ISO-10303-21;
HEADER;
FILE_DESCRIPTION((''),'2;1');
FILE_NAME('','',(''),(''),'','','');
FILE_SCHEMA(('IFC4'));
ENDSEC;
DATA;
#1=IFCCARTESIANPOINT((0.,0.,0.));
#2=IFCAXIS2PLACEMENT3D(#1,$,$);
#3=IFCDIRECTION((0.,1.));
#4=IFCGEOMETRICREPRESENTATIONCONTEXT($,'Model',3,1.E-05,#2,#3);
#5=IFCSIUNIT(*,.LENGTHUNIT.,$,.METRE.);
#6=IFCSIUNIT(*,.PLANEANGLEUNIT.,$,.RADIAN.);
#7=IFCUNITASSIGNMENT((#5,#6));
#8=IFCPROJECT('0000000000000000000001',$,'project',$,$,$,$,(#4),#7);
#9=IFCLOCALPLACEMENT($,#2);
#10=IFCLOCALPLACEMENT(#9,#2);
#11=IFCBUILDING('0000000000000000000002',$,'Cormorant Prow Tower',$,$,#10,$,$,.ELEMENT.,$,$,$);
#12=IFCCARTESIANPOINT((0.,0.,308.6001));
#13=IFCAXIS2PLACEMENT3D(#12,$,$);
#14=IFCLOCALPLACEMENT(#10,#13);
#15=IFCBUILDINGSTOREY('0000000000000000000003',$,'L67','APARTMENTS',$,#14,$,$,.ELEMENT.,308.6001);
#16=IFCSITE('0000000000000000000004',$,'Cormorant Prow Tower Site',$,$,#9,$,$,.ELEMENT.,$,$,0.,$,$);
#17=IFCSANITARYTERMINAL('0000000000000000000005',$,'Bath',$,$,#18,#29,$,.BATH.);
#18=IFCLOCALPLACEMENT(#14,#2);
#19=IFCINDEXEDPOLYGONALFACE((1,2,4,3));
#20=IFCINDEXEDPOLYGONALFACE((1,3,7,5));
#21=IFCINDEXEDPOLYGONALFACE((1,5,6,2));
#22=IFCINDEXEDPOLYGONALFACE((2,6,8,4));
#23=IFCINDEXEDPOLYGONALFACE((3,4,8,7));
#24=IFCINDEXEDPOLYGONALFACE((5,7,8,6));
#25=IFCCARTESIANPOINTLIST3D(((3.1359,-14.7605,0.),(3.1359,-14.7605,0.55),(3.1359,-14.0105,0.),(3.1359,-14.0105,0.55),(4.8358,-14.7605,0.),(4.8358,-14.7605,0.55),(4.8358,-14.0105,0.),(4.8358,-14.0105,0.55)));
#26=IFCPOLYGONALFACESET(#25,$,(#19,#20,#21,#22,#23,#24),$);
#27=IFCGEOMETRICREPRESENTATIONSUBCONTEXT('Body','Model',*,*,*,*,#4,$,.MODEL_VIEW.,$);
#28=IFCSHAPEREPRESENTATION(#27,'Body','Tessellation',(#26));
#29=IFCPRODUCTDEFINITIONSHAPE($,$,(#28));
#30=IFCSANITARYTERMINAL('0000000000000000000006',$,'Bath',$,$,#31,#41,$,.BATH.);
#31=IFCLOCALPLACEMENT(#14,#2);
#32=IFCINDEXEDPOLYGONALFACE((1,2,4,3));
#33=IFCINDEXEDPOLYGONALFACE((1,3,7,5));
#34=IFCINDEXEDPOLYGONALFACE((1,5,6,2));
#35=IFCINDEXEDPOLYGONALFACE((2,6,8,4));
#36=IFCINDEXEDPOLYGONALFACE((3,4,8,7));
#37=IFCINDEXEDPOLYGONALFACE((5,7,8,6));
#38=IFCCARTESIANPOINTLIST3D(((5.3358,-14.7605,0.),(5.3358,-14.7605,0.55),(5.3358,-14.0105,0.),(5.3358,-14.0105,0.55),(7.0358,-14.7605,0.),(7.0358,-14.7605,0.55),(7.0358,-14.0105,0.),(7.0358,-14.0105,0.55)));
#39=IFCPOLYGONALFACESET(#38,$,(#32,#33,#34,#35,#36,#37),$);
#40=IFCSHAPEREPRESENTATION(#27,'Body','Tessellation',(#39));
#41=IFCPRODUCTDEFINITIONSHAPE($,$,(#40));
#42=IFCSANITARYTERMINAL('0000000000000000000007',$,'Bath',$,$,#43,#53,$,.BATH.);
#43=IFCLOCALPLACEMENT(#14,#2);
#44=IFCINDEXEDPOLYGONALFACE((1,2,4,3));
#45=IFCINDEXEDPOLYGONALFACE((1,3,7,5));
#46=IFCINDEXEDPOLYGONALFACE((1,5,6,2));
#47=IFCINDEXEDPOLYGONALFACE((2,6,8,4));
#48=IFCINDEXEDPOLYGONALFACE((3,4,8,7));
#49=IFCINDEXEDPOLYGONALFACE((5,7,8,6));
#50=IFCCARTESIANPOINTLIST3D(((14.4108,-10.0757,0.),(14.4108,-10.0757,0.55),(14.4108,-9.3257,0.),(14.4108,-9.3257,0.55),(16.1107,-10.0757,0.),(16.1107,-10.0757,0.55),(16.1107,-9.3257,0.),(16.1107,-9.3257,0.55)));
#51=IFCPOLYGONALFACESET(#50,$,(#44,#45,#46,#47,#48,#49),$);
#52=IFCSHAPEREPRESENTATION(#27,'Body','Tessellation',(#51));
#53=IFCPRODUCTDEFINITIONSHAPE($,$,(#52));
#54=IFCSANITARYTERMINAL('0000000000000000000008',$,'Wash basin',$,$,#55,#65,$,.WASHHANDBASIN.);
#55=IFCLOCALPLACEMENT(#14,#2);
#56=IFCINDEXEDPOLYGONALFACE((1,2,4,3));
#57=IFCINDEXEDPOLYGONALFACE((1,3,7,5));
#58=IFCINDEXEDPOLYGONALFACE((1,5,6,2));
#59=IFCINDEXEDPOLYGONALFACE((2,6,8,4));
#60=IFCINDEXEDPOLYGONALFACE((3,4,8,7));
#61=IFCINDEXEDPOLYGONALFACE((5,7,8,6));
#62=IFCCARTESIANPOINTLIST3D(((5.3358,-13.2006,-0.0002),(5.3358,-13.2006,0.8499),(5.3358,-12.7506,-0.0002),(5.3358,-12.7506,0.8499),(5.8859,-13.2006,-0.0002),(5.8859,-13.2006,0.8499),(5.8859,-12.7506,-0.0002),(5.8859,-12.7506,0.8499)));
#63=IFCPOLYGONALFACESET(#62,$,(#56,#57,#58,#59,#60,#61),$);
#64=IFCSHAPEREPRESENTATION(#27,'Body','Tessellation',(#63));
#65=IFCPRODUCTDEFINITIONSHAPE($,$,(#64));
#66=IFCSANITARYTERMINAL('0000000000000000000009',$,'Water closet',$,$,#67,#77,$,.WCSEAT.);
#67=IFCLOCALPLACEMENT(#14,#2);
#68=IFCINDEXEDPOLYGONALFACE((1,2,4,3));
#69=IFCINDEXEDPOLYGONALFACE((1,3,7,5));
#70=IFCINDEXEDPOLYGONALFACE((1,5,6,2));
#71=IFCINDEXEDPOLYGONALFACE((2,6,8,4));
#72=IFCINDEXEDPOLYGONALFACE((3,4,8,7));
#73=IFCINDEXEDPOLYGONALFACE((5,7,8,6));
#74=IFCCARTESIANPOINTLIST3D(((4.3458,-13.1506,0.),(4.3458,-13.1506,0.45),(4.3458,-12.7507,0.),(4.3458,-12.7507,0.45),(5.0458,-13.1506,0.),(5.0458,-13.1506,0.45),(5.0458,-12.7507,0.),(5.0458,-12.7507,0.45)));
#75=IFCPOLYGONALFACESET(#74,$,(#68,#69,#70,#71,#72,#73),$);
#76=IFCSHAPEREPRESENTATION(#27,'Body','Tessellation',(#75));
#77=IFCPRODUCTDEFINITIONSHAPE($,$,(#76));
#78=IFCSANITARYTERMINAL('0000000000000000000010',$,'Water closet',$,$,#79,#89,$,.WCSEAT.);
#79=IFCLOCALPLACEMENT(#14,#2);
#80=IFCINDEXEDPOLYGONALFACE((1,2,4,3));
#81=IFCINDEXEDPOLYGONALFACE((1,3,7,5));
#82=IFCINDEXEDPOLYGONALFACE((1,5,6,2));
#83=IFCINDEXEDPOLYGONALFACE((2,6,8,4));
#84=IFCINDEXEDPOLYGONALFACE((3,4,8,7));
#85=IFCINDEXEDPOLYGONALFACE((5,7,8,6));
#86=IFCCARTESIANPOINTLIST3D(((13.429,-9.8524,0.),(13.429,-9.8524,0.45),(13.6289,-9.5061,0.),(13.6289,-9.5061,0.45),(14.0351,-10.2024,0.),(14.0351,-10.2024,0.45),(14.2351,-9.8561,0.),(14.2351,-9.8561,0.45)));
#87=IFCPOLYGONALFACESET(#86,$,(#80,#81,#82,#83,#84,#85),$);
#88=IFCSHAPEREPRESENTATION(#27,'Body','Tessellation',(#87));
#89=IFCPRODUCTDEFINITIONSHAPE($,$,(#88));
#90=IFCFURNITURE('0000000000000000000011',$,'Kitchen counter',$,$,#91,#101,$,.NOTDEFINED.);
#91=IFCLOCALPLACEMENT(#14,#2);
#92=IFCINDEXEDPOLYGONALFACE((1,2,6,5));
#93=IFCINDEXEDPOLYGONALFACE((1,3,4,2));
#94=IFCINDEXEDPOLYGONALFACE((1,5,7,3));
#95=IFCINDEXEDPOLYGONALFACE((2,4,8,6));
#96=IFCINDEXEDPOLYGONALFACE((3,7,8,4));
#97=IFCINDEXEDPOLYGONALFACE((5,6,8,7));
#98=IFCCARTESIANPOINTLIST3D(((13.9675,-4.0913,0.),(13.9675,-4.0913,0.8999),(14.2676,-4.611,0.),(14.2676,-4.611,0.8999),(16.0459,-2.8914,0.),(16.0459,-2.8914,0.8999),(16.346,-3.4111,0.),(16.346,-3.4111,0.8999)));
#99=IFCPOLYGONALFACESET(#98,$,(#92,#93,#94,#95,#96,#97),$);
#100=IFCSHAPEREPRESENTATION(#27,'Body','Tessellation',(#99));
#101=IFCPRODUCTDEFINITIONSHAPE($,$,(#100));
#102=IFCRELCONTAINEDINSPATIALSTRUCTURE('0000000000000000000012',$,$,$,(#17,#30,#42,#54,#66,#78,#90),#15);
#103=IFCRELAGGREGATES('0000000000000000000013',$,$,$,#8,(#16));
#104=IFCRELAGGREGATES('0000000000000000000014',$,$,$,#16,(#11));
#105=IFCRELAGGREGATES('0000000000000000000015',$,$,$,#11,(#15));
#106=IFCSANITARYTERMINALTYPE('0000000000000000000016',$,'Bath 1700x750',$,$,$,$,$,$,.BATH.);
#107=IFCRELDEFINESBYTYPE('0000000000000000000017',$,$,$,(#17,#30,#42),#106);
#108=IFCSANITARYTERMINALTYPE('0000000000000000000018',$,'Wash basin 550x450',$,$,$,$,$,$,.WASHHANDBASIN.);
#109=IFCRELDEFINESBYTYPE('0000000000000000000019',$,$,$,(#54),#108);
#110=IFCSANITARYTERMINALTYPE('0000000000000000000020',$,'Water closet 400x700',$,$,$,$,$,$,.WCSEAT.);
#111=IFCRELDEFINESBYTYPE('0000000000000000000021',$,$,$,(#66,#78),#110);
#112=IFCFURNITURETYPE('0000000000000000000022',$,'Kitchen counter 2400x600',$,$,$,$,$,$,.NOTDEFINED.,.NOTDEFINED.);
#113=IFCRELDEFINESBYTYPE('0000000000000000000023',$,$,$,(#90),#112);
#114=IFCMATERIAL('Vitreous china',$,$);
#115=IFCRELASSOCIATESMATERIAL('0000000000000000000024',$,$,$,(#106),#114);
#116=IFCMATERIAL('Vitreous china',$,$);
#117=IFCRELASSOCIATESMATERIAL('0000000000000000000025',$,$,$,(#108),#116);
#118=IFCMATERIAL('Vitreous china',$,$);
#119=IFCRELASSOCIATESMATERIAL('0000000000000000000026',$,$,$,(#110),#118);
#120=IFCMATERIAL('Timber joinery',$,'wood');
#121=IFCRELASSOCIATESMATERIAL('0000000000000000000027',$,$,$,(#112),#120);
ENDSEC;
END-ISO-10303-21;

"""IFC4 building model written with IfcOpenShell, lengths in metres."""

from ifc_helpers import new_model, si_unit, direction, frame, origin, origin_2d, place, context, subcontext, project, spatial, rectangle, extrude, material, type_object, element, save


model = new_model("IFC4")

# Units and contexts
model_context = context("Model", 3, precision=1e-05, world=origin(), true_north=direction((0.0, 1.0)))
body_context = subcontext(model_context, "Body", "Model", "MODEL_VIEW")
ifc_project = project(units=[si_unit("LENGTHUNIT", "METRE"), si_unit("PLANEANGLEUNIT", "RADIAN")], contexts=[model_context])

# Site, building, storey
site_placement = place(None, origin())
site = spatial("IfcSite", under=ifc_project, at=site_placement, Name="Cormorant Prow Tower Site", CompositionType="ELEMENT", RefElevation=0.0)
building_placement = place(site_placement, origin())
building = spatial("IfcBuilding", under=site, at=building_placement, Name="Cormorant Prow Tower", CompositionType="ELEMENT")
storey_placement = place(building_placement, frame((0.0, 0.0, 308.6001)))
storey = spatial("IfcBuildingStorey", under=building, at=storey_placement, Name="L67", Description="APARTMENTS", CompositionType="ELEMENT", Elevation=308.6001)

# Sanitary terminals
ifc_material_1 = material(Name="Vitreous china")
sanitary_terminal_type_1 = type_object("IfcSanitaryTerminalType", Name="Bath 1700x750", PredefinedType="BATH", material=ifc_material_1)
for number, where, z_axis, x_axis, name in (
    (1, (3.9858, -14.3855, 0.0), (0.0, 0.0, 1.0), (1.0, 0.0, 0.0), "Bath"),
    (2, (6.1858, -14.3855, 0.0), (0.0, 0.0, 1.0), (1.0, 0.0, 0.0), "Bath"),
    (3, (15.2607, -9.7007, 0.0), (0.0, 0.0, 1.0), (1.0, 0.0, 0.0), "Bath"),
):
    element("IfcSanitaryTerminal", number, at=place(storey_placement, frame(where, z_axis=z_axis, x_axis=x_axis)), inside=storey, type_object=sanitary_terminal_type_1, Name=name, PredefinedType="BATH", context=body_context, shape_type="SweptSolid", body=[
        extrude(rectangle(XDim=1.7, YDim=0.75, at=origin_2d()), origin(), (0.0, 0.0, 1.0), 0.55),
    ])
ifc_material_2 = material(Name="Vitreous china")
sanitary_terminal_type_2 = type_object("IfcSanitaryTerminalType", Name="Wash basin 550x450", PredefinedType="WASHHANDBASIN", material=ifc_material_2)
sanitary_terminal_placement = place(storey_placement, frame((5.6108, -12.9756, -0.0002), z_axis=(0.0, 0.0, 1.0), x_axis=(1.0, 0.0, 0.0)))
element("IfcSanitaryTerminal", 4, at=sanitary_terminal_placement, inside=storey, type_object=sanitary_terminal_type_2, Name="Wash basin", PredefinedType="WASHHANDBASIN", context=body_context, shape_type="SweptSolid", body=[
    extrude(rectangle(XDim=0.55, YDim=0.45, at=origin_2d()), origin(), (0.0, 0.0, 1.0), 0.8501),
])
ifc_material_3 = material(Name="Vitreous china")
sanitary_terminal_type_3 = type_object("IfcSanitaryTerminalType", Name="Water closet 400x700", PredefinedType="WCSEAT", material=ifc_material_3)
for number, where, z_axis, x_axis, name in (
    (5, (4.6958, -12.9507, 0.0), (0.0, 0.0, 1.0), (0.0, -1.0, 0.0), "Water closet"),
    (6, (13.832, -9.8542, 0.0), (0.0, 0.0, 1.0), (0.5, 0.866025, 0.0), "Water closet"),
):
    element("IfcSanitaryTerminal", number, at=place(storey_placement, frame(where, z_axis=z_axis, x_axis=x_axis)), inside=storey, type_object=sanitary_terminal_type_3, Name=name, PredefinedType="WCSEAT", context=body_context, shape_type="SweptSolid", body=[
        extrude(rectangle(XDim=0.3999, YDim=0.7, at=origin_2d()), origin(), (0.0, 0.0, 1.0), 0.45),
    ])

# Furniture
ifc_material_4 = material(Name="Timber joinery", Category="wood")
furniture_type = type_object("IfcFurnitureType", Name="Kitchen counter 2400x600", AssemblyPlace="NOTDEFINED", PredefinedType="NOTDEFINED", material=ifc_material_4)
furniture_placement = place(storey_placement, frame((15.1567, -3.7512, 0.0), z_axis=(0.0, 0.0, 1.0), x_axis=(0.866025, 0.5, 0.0)))
element("IfcFurniture", 7, at=furniture_placement, inside=storey, type_object=furniture_type, Name="Kitchen counter", PredefinedType="NOTDEFINED", context=body_context, shape_type="SweptSolid", body=[
    extrude(rectangle(XDim=2.3999, YDim=0.6001, at=origin_2d()), origin(), (0.0, 0.0, 1.0), 0.8999),
])

save(model, "model.ifc")
